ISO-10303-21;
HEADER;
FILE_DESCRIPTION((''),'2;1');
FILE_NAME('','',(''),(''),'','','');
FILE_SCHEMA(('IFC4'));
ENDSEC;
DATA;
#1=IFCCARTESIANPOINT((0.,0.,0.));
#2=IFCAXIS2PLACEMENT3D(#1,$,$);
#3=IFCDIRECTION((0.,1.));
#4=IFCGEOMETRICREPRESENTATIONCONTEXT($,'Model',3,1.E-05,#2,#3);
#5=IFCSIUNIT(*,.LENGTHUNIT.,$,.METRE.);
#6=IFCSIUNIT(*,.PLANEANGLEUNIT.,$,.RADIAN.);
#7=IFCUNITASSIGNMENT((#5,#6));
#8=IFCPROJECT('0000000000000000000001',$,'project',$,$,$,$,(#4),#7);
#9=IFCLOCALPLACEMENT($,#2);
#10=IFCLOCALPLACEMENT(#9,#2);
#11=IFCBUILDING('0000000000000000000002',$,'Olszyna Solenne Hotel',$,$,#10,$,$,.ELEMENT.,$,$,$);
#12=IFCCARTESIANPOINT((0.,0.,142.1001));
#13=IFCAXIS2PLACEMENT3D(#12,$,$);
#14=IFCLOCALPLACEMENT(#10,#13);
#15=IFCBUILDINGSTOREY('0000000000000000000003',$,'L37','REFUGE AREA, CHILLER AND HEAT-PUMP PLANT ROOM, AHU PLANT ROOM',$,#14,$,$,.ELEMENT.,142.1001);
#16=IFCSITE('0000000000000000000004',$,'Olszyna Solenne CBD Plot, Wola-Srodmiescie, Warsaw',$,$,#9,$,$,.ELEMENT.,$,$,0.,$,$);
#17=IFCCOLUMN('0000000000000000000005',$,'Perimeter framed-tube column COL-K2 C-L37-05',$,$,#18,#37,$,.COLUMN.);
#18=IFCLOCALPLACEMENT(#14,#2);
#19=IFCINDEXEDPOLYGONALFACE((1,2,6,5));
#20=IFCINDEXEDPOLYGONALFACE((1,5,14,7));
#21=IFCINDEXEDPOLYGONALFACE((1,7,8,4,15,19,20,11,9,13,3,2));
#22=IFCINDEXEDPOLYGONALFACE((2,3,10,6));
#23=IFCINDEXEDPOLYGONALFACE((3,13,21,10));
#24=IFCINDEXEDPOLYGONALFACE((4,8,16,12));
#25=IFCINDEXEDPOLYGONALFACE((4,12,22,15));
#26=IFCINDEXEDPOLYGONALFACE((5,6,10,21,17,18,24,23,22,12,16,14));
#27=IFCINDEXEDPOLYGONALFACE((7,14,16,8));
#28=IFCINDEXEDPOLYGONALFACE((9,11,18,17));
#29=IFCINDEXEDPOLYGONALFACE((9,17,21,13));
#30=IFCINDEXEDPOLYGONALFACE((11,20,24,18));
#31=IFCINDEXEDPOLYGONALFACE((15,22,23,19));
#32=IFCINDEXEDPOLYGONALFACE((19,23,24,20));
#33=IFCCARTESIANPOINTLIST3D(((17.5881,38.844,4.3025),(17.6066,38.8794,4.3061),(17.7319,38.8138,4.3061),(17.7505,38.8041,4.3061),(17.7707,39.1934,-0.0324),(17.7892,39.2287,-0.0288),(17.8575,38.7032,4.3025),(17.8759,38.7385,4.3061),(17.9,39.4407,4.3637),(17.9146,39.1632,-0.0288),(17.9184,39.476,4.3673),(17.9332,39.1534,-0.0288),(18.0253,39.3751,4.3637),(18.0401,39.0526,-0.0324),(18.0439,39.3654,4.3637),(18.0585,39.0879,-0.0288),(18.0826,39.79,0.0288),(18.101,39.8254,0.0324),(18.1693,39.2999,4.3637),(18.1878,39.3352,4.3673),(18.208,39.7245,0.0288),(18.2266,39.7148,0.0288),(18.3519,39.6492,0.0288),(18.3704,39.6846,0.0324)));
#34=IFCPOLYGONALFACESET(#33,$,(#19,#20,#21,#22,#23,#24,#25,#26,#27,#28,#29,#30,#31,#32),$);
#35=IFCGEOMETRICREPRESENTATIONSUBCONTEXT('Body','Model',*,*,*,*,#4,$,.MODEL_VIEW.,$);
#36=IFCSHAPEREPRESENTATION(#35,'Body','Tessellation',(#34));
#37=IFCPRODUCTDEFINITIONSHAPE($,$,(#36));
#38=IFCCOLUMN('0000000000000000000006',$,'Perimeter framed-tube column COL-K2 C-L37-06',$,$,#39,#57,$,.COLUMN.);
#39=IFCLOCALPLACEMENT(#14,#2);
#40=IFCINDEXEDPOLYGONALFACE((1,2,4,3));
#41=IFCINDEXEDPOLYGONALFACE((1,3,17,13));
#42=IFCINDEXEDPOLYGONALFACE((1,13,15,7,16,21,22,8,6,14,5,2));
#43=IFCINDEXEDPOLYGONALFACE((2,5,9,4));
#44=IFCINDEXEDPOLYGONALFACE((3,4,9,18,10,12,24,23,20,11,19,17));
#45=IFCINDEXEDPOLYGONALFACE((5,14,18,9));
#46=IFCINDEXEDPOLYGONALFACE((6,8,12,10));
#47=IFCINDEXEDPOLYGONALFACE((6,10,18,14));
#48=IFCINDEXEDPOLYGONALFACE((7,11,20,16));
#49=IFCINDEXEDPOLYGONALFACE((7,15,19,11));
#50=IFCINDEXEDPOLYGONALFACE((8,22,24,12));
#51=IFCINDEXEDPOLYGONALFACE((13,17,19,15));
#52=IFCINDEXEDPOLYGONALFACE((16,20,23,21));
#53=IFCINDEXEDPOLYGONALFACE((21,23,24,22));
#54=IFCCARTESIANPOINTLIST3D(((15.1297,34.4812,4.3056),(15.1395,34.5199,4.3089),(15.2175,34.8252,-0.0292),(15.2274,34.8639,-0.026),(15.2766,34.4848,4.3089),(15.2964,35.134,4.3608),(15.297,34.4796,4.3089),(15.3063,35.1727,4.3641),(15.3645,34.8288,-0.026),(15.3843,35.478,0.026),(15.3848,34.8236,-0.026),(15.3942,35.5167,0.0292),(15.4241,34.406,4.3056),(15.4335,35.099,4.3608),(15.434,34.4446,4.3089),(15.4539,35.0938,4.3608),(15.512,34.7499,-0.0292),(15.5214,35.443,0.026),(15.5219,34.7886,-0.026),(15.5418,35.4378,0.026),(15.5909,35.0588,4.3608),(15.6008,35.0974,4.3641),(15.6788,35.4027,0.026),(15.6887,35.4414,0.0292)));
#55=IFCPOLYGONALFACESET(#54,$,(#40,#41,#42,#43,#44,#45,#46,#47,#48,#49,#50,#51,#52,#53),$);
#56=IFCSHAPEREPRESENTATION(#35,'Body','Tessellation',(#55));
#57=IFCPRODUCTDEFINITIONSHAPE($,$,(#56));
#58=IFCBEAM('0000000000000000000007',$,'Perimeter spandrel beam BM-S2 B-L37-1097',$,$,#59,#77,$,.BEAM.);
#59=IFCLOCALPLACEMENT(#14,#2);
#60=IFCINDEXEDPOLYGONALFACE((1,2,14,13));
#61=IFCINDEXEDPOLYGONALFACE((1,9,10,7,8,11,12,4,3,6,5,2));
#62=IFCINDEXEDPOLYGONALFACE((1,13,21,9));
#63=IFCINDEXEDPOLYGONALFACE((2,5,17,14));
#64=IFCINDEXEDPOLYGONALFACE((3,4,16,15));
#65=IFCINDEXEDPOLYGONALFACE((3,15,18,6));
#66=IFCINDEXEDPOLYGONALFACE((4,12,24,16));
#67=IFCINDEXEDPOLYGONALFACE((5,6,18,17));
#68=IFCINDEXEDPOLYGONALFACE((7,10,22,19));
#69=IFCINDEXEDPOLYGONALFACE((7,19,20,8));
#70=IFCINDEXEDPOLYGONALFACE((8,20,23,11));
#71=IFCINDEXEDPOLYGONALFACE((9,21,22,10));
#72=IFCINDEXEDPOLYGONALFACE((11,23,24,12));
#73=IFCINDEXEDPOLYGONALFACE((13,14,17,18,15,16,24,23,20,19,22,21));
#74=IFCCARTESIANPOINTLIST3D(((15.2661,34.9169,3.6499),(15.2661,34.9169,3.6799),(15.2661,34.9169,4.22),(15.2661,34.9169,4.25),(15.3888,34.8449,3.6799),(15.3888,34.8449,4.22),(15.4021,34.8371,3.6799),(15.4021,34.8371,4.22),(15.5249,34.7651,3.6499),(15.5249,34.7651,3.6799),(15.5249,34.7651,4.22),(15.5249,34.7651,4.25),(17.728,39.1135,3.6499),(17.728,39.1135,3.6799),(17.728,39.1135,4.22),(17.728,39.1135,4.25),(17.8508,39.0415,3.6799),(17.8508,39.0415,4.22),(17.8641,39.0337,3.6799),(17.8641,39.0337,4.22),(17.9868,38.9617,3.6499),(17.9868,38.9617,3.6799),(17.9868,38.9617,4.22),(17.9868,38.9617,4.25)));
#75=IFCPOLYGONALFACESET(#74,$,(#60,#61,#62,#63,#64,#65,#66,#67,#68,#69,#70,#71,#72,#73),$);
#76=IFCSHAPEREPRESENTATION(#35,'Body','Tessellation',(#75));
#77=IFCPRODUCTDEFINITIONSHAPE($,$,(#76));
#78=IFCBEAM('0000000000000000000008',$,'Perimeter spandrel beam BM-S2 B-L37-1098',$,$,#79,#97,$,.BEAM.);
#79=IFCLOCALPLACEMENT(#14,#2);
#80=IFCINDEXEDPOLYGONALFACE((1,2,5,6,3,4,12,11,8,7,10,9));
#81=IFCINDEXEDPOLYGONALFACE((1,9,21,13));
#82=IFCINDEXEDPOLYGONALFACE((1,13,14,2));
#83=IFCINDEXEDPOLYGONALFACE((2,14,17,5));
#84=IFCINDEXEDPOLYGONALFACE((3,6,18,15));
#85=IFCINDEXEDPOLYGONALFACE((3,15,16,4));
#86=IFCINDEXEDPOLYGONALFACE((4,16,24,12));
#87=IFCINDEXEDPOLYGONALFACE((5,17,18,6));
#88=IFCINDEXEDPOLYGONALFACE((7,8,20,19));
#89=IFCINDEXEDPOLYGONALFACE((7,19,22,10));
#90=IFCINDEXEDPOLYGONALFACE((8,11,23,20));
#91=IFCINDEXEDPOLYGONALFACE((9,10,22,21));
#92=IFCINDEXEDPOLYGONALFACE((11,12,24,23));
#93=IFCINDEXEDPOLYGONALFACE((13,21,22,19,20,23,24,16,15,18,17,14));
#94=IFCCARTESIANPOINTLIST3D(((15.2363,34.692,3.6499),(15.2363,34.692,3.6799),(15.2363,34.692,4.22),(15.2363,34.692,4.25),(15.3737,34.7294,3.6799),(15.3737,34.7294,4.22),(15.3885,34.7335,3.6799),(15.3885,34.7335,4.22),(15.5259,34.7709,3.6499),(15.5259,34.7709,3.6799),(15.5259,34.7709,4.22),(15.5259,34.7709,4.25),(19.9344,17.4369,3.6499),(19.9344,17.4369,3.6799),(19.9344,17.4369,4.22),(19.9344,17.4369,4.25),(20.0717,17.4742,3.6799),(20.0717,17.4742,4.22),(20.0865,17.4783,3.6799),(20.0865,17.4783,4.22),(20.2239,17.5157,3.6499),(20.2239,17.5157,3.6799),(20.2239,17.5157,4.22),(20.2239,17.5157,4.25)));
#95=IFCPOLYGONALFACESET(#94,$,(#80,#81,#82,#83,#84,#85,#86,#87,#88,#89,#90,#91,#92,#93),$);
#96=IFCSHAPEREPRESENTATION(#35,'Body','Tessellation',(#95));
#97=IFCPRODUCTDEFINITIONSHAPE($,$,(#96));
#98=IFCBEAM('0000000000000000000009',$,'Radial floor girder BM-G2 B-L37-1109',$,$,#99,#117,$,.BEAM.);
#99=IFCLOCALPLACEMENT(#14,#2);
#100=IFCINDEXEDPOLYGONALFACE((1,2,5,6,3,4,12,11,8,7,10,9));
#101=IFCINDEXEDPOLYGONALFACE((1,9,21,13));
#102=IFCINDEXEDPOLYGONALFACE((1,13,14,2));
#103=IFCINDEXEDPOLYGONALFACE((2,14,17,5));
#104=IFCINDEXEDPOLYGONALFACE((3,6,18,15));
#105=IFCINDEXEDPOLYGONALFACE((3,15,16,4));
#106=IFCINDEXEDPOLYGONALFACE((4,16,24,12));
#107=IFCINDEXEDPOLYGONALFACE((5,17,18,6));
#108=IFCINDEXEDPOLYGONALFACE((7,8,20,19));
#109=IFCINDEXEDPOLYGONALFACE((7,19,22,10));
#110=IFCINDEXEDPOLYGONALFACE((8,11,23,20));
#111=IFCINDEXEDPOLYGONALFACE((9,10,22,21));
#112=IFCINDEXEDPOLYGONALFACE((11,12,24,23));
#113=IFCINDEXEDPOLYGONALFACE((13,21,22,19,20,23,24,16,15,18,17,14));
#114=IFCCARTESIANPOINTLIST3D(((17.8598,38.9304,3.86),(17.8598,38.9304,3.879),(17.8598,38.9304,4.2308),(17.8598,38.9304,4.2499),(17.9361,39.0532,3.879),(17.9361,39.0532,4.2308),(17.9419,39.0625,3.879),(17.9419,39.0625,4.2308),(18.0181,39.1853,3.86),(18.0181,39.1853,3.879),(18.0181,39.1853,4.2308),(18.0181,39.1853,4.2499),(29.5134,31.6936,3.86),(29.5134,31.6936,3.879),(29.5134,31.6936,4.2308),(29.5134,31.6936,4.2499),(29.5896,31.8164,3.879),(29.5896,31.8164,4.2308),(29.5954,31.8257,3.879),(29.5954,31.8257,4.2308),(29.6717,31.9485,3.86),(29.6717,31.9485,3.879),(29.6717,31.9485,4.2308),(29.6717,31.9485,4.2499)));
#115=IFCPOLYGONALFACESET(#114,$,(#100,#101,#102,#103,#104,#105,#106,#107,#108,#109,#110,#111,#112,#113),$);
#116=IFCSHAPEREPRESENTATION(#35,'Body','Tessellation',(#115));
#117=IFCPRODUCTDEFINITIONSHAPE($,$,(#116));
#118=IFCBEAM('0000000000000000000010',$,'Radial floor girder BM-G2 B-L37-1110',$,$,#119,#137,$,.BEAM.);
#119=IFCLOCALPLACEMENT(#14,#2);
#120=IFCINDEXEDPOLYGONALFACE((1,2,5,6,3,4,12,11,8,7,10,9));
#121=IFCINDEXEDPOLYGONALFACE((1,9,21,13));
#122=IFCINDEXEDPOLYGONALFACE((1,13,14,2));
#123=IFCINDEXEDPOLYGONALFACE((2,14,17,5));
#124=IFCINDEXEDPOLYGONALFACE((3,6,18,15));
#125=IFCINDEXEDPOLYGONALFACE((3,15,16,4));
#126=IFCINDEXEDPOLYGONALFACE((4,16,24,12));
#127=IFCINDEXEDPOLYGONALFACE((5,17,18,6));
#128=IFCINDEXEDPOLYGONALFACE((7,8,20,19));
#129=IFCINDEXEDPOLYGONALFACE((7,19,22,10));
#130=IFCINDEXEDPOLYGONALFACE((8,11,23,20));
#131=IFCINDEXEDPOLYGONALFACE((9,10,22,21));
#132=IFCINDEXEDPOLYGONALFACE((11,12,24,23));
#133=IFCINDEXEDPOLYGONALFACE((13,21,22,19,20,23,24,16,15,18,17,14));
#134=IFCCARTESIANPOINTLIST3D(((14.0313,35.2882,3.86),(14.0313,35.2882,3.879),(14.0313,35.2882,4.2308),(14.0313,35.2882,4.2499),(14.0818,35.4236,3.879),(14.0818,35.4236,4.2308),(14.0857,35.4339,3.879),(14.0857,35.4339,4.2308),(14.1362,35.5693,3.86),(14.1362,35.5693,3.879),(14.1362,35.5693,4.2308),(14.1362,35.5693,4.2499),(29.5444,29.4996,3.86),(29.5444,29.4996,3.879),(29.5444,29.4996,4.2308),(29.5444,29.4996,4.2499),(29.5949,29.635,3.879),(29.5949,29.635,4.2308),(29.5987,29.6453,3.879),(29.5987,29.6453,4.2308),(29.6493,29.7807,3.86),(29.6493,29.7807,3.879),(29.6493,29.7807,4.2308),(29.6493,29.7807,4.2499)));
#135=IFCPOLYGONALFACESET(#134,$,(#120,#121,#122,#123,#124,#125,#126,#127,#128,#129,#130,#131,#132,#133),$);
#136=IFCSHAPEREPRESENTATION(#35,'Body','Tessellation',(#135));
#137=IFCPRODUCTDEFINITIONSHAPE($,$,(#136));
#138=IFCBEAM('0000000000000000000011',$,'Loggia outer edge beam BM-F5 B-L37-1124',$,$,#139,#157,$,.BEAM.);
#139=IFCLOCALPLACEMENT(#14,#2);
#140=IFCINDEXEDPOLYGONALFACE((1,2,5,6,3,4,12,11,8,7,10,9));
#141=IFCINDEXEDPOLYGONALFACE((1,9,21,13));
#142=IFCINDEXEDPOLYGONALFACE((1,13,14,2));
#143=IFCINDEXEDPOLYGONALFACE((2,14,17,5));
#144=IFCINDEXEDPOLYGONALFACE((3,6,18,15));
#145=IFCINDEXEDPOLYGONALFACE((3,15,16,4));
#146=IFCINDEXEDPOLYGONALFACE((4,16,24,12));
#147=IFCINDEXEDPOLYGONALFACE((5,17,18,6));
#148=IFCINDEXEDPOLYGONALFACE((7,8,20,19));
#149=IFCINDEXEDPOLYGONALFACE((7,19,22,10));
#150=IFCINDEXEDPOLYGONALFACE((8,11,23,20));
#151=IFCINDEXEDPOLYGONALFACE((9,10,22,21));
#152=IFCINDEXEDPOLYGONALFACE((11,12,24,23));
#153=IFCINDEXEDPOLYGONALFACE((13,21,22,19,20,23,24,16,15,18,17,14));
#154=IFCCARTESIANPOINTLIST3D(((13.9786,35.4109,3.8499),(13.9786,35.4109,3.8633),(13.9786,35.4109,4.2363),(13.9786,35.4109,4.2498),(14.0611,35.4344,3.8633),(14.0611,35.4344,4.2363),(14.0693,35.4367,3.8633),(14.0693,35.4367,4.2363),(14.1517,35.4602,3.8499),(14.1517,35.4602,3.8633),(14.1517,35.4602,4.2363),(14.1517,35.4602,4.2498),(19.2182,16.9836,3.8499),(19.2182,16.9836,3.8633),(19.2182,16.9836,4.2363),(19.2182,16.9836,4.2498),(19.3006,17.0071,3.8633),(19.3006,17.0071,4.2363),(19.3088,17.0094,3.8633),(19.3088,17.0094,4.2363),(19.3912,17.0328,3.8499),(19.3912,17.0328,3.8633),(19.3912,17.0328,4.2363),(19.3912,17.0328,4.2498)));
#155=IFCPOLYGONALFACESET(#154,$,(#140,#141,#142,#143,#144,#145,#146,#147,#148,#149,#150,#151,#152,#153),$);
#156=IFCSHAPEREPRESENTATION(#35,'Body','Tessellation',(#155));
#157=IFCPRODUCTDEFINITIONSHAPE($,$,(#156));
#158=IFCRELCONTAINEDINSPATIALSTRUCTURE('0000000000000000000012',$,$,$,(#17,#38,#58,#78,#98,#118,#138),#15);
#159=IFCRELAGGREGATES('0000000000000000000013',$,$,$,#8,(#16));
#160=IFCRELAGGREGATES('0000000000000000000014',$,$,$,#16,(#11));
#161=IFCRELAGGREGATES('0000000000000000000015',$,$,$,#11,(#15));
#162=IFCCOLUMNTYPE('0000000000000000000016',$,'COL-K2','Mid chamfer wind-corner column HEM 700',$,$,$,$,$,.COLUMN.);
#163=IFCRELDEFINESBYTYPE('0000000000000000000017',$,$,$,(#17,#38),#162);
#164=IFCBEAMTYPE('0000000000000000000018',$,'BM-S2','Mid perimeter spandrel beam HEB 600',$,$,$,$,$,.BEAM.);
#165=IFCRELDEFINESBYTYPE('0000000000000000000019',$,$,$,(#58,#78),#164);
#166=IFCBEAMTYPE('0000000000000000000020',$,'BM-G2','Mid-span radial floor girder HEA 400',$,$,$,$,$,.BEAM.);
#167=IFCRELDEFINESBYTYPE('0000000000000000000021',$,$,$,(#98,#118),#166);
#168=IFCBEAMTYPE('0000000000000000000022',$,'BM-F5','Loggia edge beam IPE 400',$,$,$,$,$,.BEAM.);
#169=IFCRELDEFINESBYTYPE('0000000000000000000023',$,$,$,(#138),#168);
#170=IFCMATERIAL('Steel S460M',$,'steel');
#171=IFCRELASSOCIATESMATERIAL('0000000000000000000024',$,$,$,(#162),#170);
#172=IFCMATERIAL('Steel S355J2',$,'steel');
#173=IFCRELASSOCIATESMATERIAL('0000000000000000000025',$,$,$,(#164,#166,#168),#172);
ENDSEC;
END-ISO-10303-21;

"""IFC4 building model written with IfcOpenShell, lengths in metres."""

from ifc_helpers import new_model, si_unit, direction, frame, origin, origin_2d, place, context, subcontext, project, spatial, i_section, extrude, source, transform, mapped, material, material_profile, profile_set, type_object, element, save


model = new_model("IFC4")

# Units and contexts
model_context = context("Model", 3, precision=1e-05, world=origin(), true_north=direction((0.0, 1.0)))
body_context = subcontext(model_context, "Body", "Model", "MODEL_VIEW")
ifc_project = project(units=[si_unit("LENGTHUNIT", "METRE"), si_unit("PLANEANGLEUNIT", "RADIAN")], contexts=[model_context])

# Site, building, storey
site_placement = place(None, origin())
site = spatial("IfcSite", under=ifc_project, at=site_placement, Name="Olszyna Solenne CBD Plot, Wola-Srodmiescie, Warsaw", CompositionType="ELEMENT", RefElevation=0.0)
building_placement = place(site_placement, origin())
building = spatial("IfcBuilding", under=site, at=building_placement, Name="Olszyna Solenne Hotel", CompositionType="ELEMENT")
storey_placement = place(building_placement, frame((0.0, 0.0, 142.1001)))
storey = spatial("IfcBuildingStorey", under=building, at=storey_placement, Name="L37", Description="REFUGE AREA, CHILLER AND HEAT-PUMP PLANT ROOM, AHU PLANT ROOM", CompositionType="ELEMENT", Elevation=142.1001)

# Columns
ifc_material_1 = material(Name="Steel S460M", Category="steel")
ifc_material_profile_1 = material_profile(ifc_material_1, i_section(OverallWidth=0.304, OverallDepth=0.7161, WebThickness=0.021, FlangeThickness=0.04, at=origin_2d()), Name="HEM 700", Category="load-bearing")
ifc_profile_set_1 = profile_set([ifc_material_profile_1], Name="Steel S460M")
column_type = type_object("IfcColumnType", Name="COL-K2", Description="Mid chamfer wind-corner column HEM 700", PredefinedType="COLUMN", material=ifc_profile_set_1)
shared_shape_1 = source(origin(), body_context, "Body", "SweptSolid", [
    extrude(i_section(OverallWidth=0.304, OverallDepth=0.7161, WebThickness=0.021, FlangeThickness=0.04, at=origin_2d()), origin(), (0.0, 0.0, 1.0), 4.3528),
])
column_1_placement = place(storey_placement, frame((18.0706, 39.439, 0.0), z_axis=(-0.041953, -0.080261, 0.995891), x_axis=(0.886231, -0.463243, 0.0)))
element("IfcColumn", 1, at=column_1_placement, inside=storey, type_object=column_type, Name="Perimeter framed-tube column COL-K2 C-L37-05", PredefinedType="COLUMN", context=body_context, shape_type="MappedRepresentation", body=[
    mapped(shared_shape_1, transform((0.0, 0.0, 0.0), x_axis=(1.0, 0.0, 0.0), y_axis=(0.0, 1.0, 0.0), z_axis=(0.0, 0.0, 1.0), scale=1.0)),
])
shared_shape_2 = source(origin(), body_context, "Body", "SweptSolid", [
    extrude(i_section(OverallWidth=0.304, OverallDepth=0.7161, WebThickness=0.021, FlangeThickness=0.04, at=origin_2d()), origin(), (0.0, 0.0, 1.0), 4.3494),
])
column_2_placement = place(storey_placement, frame((15.4531, 35.1333, 0.0), z_axis=(-0.020207, -0.079089, 0.996663), x_axis=(0.968876, -0.247548, 0.0)))
element("IfcColumn", 2, at=column_2_placement, inside=storey, type_object=column_type, Name="Perimeter framed-tube column COL-K2 C-L37-06", PredefinedType="COLUMN", context=body_context, shape_type="MappedRepresentation", body=[
    mapped(shared_shape_2, transform((0.0, 0.0, 0.0), x_axis=(1.0, 0.0, 0.0), y_axis=(0.0, 1.0, 0.0), z_axis=(0.0, 0.0, 1.0), scale=1.0)),
])

# Beams
ifc_material_2 = material(Name="Steel S355J2", Category="steel")
ifc_material_profile_2 = material_profile(ifc_material_2, i_section(OverallWidth=0.3, OverallDepth=0.6001, WebThickness=0.0154, FlangeThickness=0.03, at=origin_2d()), Name="HEB 600", Category="load-bearing")
ifc_profile_set_2 = profile_set([ifc_material_profile_2], Name="Steel S355J2")
beam_type_1 = type_object("IfcBeamType", Name="BM-S2", Description="Mid perimeter spandrel beam HEB 600", PredefinedType="BEAM", material=ifc_profile_set_2)
shared_shape_3 = source(origin(), body_context, "Body", "SweptSolid", [
    extrude(i_section(OverallWidth=0.3, OverallDepth=0.6001, WebThickness=0.0154, FlangeThickness=0.03, at=origin_2d()), origin(), (0.0, 0.0, 1.0), 4.8655),
])
beam_1_placement = place(storey_placement, frame((17.8574, 39.0376, 3.95), z_axis=(-0.506007, -0.86253, 0.0), x_axis=(0.86253, -0.506007, 0.0)))
element("IfcBeam", 3, at=beam_1_placement, inside=storey, type_object=beam_type_1, Name="Perimeter spandrel beam BM-S2 B-L37-1097", PredefinedType="BEAM", context=body_context, shape_type="MappedRepresentation", body=[
    mapped(shared_shape_3, transform((0.0, 0.0, 0.0), x_axis=(1.0, 0.0, 0.0), y_axis=(0.0, 1.0, 0.0), z_axis=(0.0, 0.0, 1.0), scale=1.0)),
])
shared_shape_4 = source(origin(), body_context, "Body", "SweptSolid", [
    extrude(i_section(OverallWidth=0.3, OverallDepth=0.6001, WebThickness=0.0154, FlangeThickness=0.03, at=origin_2d()), origin(), (0.0, 0.0, 1.0), 17.8833),
])
beam_2_placement = place(storey_placement, frame((15.3811, 34.7314, 3.95), z_axis=(0.262704, -0.964877, 0.0), x_axis=(0.964877, 0.262704, 0.0)))
element("IfcBeam", 4, at=beam_2_placement, inside=storey, type_object=beam_type_1, Name="Perimeter spandrel beam BM-S2 B-L37-1098", PredefinedType="BEAM", context=body_context, shape_type="MappedRepresentation", body=[
    mapped(shared_shape_4, transform((0.0, 0.0, 0.0), x_axis=(1.0, 0.0, 0.0), y_axis=(0.0, 1.0, 0.0), z_axis=(0.0, 0.0, 1.0), scale=1.0)),
])
ifc_material_profile_3 = material_profile(ifc_material_2, i_section(OverallWidth=0.3, OverallDepth=0.3899, WebThickness=0.011, FlangeThickness=0.019, at=origin_2d()), Name="HEA 400", Category="load-bearing")
ifc_profile_set_3 = profile_set([ifc_material_profile_3], Name="Steel S355J2")
beam_type_2 = type_object("IfcBeamType", Name="BM-G2", Description="Mid-span radial floor girder HEA 400", PredefinedType="BEAM", material=ifc_profile_set_3)
shared_shape_5 = source(origin(), body_context, "Body", "SweptSolid", [
    extrude(i_section(OverallWidth=0.3, OverallDepth=0.3899, WebThickness=0.011, FlangeThickness=0.019, at=origin_2d()), origin(), (0.0, 0.0, 1.0), 13.7178),
])
beam_3_placement = place(storey_placement, frame((17.939, 39.0579, 4.0549), z_axis=(0.849524, -0.527551, 0.0), x_axis=(0.527551, 0.849524, 0.0)))
element("IfcBeam", 5, at=beam_3_placement, inside=storey, type_object=beam_type_2, Name="Radial floor girder BM-G2 B-L37-1109", PredefinedType="BEAM", context=body_context, shape_type="MappedRepresentation", body=[
    mapped(shared_shape_5, transform((0.0, 0.0, 0.0), x_axis=(1.0, 0.0, 0.0), y_axis=(0.0, 1.0, 0.0), z_axis=(0.0, 0.0, 1.0), scale=1.0)),
])
shared_shape_6 = source(origin(), body_context, "Body", "SweptSolid", [
    extrude(i_section(OverallWidth=0.3, OverallDepth=0.3899, WebThickness=0.011, FlangeThickness=0.019, at=origin_2d()), origin(), (0.0, 0.0, 1.0), 16.5579),
])
beam_4_placement = place(storey_placement, frame((14.0837, 35.4287, 4.0549), z_axis=(0.936901, -0.349594, 0.0), x_axis=(0.349594, 0.936901, 0.0)))
element("IfcBeam", 6, at=beam_4_placement, inside=storey, type_object=beam_type_2, Name="Radial floor girder BM-G2 B-L37-1110", PredefinedType="BEAM", context=body_context, shape_type="MappedRepresentation", body=[
    mapped(shared_shape_6, transform((0.0, 0.0, 0.0), x_axis=(1.0, 0.0, 0.0), y_axis=(0.0, 1.0, 0.0), z_axis=(0.0, 0.0, 1.0), scale=1.0)),
])
ifc_material_profile_4 = material_profile(ifc_material_2, i_section(OverallWidth=0.1799, OverallDepth=0.3999, WebThickness=0.0085, FlangeThickness=0.0134, at=origin_2d()), Name="IPE 400", Category="load-bearing")
ifc_profile_set_4 = profile_set([ifc_material_profile_4], Name="Steel S355J2")
beam_type_3 = type_object("IfcBeamType", Name="BM-F5", Description="Loggia edge beam IPE 400", PredefinedType="BEAM", material=ifc_profile_set_4)
shared_shape_7 = source(origin(), body_context, "Body", "SweptSolid", [
    extrude(i_section(OverallWidth=0.1799, OverallDepth=0.3999, WebThickness=0.0085, FlangeThickness=0.0134, at=origin_2d()), origin(), (0.0, 0.0, 1.0), 19.1577),
])
beam_5_placement = place(storey_placement, frame((14.0652, 35.4355, 4.0498), z_axis=(0.273494, -0.961874, 0.0), x_axis=(0.961874, 0.273494, 0.0)))
element("IfcBeam", 7, at=beam_5_placement, inside=storey, type_object=beam_type_3, Name="Loggia outer edge beam BM-F5 B-L37-1124", PredefinedType="BEAM", context=body_context, shape_type="MappedRepresentation", body=[
    mapped(shared_shape_7, transform((0.0, 0.0, 0.0), x_axis=(1.0, 0.0, 0.0), y_axis=(0.0, 1.0, 0.0), z_axis=(0.0, 0.0, 1.0), scale=1.0)),
])

save(model, "model.ifc")
